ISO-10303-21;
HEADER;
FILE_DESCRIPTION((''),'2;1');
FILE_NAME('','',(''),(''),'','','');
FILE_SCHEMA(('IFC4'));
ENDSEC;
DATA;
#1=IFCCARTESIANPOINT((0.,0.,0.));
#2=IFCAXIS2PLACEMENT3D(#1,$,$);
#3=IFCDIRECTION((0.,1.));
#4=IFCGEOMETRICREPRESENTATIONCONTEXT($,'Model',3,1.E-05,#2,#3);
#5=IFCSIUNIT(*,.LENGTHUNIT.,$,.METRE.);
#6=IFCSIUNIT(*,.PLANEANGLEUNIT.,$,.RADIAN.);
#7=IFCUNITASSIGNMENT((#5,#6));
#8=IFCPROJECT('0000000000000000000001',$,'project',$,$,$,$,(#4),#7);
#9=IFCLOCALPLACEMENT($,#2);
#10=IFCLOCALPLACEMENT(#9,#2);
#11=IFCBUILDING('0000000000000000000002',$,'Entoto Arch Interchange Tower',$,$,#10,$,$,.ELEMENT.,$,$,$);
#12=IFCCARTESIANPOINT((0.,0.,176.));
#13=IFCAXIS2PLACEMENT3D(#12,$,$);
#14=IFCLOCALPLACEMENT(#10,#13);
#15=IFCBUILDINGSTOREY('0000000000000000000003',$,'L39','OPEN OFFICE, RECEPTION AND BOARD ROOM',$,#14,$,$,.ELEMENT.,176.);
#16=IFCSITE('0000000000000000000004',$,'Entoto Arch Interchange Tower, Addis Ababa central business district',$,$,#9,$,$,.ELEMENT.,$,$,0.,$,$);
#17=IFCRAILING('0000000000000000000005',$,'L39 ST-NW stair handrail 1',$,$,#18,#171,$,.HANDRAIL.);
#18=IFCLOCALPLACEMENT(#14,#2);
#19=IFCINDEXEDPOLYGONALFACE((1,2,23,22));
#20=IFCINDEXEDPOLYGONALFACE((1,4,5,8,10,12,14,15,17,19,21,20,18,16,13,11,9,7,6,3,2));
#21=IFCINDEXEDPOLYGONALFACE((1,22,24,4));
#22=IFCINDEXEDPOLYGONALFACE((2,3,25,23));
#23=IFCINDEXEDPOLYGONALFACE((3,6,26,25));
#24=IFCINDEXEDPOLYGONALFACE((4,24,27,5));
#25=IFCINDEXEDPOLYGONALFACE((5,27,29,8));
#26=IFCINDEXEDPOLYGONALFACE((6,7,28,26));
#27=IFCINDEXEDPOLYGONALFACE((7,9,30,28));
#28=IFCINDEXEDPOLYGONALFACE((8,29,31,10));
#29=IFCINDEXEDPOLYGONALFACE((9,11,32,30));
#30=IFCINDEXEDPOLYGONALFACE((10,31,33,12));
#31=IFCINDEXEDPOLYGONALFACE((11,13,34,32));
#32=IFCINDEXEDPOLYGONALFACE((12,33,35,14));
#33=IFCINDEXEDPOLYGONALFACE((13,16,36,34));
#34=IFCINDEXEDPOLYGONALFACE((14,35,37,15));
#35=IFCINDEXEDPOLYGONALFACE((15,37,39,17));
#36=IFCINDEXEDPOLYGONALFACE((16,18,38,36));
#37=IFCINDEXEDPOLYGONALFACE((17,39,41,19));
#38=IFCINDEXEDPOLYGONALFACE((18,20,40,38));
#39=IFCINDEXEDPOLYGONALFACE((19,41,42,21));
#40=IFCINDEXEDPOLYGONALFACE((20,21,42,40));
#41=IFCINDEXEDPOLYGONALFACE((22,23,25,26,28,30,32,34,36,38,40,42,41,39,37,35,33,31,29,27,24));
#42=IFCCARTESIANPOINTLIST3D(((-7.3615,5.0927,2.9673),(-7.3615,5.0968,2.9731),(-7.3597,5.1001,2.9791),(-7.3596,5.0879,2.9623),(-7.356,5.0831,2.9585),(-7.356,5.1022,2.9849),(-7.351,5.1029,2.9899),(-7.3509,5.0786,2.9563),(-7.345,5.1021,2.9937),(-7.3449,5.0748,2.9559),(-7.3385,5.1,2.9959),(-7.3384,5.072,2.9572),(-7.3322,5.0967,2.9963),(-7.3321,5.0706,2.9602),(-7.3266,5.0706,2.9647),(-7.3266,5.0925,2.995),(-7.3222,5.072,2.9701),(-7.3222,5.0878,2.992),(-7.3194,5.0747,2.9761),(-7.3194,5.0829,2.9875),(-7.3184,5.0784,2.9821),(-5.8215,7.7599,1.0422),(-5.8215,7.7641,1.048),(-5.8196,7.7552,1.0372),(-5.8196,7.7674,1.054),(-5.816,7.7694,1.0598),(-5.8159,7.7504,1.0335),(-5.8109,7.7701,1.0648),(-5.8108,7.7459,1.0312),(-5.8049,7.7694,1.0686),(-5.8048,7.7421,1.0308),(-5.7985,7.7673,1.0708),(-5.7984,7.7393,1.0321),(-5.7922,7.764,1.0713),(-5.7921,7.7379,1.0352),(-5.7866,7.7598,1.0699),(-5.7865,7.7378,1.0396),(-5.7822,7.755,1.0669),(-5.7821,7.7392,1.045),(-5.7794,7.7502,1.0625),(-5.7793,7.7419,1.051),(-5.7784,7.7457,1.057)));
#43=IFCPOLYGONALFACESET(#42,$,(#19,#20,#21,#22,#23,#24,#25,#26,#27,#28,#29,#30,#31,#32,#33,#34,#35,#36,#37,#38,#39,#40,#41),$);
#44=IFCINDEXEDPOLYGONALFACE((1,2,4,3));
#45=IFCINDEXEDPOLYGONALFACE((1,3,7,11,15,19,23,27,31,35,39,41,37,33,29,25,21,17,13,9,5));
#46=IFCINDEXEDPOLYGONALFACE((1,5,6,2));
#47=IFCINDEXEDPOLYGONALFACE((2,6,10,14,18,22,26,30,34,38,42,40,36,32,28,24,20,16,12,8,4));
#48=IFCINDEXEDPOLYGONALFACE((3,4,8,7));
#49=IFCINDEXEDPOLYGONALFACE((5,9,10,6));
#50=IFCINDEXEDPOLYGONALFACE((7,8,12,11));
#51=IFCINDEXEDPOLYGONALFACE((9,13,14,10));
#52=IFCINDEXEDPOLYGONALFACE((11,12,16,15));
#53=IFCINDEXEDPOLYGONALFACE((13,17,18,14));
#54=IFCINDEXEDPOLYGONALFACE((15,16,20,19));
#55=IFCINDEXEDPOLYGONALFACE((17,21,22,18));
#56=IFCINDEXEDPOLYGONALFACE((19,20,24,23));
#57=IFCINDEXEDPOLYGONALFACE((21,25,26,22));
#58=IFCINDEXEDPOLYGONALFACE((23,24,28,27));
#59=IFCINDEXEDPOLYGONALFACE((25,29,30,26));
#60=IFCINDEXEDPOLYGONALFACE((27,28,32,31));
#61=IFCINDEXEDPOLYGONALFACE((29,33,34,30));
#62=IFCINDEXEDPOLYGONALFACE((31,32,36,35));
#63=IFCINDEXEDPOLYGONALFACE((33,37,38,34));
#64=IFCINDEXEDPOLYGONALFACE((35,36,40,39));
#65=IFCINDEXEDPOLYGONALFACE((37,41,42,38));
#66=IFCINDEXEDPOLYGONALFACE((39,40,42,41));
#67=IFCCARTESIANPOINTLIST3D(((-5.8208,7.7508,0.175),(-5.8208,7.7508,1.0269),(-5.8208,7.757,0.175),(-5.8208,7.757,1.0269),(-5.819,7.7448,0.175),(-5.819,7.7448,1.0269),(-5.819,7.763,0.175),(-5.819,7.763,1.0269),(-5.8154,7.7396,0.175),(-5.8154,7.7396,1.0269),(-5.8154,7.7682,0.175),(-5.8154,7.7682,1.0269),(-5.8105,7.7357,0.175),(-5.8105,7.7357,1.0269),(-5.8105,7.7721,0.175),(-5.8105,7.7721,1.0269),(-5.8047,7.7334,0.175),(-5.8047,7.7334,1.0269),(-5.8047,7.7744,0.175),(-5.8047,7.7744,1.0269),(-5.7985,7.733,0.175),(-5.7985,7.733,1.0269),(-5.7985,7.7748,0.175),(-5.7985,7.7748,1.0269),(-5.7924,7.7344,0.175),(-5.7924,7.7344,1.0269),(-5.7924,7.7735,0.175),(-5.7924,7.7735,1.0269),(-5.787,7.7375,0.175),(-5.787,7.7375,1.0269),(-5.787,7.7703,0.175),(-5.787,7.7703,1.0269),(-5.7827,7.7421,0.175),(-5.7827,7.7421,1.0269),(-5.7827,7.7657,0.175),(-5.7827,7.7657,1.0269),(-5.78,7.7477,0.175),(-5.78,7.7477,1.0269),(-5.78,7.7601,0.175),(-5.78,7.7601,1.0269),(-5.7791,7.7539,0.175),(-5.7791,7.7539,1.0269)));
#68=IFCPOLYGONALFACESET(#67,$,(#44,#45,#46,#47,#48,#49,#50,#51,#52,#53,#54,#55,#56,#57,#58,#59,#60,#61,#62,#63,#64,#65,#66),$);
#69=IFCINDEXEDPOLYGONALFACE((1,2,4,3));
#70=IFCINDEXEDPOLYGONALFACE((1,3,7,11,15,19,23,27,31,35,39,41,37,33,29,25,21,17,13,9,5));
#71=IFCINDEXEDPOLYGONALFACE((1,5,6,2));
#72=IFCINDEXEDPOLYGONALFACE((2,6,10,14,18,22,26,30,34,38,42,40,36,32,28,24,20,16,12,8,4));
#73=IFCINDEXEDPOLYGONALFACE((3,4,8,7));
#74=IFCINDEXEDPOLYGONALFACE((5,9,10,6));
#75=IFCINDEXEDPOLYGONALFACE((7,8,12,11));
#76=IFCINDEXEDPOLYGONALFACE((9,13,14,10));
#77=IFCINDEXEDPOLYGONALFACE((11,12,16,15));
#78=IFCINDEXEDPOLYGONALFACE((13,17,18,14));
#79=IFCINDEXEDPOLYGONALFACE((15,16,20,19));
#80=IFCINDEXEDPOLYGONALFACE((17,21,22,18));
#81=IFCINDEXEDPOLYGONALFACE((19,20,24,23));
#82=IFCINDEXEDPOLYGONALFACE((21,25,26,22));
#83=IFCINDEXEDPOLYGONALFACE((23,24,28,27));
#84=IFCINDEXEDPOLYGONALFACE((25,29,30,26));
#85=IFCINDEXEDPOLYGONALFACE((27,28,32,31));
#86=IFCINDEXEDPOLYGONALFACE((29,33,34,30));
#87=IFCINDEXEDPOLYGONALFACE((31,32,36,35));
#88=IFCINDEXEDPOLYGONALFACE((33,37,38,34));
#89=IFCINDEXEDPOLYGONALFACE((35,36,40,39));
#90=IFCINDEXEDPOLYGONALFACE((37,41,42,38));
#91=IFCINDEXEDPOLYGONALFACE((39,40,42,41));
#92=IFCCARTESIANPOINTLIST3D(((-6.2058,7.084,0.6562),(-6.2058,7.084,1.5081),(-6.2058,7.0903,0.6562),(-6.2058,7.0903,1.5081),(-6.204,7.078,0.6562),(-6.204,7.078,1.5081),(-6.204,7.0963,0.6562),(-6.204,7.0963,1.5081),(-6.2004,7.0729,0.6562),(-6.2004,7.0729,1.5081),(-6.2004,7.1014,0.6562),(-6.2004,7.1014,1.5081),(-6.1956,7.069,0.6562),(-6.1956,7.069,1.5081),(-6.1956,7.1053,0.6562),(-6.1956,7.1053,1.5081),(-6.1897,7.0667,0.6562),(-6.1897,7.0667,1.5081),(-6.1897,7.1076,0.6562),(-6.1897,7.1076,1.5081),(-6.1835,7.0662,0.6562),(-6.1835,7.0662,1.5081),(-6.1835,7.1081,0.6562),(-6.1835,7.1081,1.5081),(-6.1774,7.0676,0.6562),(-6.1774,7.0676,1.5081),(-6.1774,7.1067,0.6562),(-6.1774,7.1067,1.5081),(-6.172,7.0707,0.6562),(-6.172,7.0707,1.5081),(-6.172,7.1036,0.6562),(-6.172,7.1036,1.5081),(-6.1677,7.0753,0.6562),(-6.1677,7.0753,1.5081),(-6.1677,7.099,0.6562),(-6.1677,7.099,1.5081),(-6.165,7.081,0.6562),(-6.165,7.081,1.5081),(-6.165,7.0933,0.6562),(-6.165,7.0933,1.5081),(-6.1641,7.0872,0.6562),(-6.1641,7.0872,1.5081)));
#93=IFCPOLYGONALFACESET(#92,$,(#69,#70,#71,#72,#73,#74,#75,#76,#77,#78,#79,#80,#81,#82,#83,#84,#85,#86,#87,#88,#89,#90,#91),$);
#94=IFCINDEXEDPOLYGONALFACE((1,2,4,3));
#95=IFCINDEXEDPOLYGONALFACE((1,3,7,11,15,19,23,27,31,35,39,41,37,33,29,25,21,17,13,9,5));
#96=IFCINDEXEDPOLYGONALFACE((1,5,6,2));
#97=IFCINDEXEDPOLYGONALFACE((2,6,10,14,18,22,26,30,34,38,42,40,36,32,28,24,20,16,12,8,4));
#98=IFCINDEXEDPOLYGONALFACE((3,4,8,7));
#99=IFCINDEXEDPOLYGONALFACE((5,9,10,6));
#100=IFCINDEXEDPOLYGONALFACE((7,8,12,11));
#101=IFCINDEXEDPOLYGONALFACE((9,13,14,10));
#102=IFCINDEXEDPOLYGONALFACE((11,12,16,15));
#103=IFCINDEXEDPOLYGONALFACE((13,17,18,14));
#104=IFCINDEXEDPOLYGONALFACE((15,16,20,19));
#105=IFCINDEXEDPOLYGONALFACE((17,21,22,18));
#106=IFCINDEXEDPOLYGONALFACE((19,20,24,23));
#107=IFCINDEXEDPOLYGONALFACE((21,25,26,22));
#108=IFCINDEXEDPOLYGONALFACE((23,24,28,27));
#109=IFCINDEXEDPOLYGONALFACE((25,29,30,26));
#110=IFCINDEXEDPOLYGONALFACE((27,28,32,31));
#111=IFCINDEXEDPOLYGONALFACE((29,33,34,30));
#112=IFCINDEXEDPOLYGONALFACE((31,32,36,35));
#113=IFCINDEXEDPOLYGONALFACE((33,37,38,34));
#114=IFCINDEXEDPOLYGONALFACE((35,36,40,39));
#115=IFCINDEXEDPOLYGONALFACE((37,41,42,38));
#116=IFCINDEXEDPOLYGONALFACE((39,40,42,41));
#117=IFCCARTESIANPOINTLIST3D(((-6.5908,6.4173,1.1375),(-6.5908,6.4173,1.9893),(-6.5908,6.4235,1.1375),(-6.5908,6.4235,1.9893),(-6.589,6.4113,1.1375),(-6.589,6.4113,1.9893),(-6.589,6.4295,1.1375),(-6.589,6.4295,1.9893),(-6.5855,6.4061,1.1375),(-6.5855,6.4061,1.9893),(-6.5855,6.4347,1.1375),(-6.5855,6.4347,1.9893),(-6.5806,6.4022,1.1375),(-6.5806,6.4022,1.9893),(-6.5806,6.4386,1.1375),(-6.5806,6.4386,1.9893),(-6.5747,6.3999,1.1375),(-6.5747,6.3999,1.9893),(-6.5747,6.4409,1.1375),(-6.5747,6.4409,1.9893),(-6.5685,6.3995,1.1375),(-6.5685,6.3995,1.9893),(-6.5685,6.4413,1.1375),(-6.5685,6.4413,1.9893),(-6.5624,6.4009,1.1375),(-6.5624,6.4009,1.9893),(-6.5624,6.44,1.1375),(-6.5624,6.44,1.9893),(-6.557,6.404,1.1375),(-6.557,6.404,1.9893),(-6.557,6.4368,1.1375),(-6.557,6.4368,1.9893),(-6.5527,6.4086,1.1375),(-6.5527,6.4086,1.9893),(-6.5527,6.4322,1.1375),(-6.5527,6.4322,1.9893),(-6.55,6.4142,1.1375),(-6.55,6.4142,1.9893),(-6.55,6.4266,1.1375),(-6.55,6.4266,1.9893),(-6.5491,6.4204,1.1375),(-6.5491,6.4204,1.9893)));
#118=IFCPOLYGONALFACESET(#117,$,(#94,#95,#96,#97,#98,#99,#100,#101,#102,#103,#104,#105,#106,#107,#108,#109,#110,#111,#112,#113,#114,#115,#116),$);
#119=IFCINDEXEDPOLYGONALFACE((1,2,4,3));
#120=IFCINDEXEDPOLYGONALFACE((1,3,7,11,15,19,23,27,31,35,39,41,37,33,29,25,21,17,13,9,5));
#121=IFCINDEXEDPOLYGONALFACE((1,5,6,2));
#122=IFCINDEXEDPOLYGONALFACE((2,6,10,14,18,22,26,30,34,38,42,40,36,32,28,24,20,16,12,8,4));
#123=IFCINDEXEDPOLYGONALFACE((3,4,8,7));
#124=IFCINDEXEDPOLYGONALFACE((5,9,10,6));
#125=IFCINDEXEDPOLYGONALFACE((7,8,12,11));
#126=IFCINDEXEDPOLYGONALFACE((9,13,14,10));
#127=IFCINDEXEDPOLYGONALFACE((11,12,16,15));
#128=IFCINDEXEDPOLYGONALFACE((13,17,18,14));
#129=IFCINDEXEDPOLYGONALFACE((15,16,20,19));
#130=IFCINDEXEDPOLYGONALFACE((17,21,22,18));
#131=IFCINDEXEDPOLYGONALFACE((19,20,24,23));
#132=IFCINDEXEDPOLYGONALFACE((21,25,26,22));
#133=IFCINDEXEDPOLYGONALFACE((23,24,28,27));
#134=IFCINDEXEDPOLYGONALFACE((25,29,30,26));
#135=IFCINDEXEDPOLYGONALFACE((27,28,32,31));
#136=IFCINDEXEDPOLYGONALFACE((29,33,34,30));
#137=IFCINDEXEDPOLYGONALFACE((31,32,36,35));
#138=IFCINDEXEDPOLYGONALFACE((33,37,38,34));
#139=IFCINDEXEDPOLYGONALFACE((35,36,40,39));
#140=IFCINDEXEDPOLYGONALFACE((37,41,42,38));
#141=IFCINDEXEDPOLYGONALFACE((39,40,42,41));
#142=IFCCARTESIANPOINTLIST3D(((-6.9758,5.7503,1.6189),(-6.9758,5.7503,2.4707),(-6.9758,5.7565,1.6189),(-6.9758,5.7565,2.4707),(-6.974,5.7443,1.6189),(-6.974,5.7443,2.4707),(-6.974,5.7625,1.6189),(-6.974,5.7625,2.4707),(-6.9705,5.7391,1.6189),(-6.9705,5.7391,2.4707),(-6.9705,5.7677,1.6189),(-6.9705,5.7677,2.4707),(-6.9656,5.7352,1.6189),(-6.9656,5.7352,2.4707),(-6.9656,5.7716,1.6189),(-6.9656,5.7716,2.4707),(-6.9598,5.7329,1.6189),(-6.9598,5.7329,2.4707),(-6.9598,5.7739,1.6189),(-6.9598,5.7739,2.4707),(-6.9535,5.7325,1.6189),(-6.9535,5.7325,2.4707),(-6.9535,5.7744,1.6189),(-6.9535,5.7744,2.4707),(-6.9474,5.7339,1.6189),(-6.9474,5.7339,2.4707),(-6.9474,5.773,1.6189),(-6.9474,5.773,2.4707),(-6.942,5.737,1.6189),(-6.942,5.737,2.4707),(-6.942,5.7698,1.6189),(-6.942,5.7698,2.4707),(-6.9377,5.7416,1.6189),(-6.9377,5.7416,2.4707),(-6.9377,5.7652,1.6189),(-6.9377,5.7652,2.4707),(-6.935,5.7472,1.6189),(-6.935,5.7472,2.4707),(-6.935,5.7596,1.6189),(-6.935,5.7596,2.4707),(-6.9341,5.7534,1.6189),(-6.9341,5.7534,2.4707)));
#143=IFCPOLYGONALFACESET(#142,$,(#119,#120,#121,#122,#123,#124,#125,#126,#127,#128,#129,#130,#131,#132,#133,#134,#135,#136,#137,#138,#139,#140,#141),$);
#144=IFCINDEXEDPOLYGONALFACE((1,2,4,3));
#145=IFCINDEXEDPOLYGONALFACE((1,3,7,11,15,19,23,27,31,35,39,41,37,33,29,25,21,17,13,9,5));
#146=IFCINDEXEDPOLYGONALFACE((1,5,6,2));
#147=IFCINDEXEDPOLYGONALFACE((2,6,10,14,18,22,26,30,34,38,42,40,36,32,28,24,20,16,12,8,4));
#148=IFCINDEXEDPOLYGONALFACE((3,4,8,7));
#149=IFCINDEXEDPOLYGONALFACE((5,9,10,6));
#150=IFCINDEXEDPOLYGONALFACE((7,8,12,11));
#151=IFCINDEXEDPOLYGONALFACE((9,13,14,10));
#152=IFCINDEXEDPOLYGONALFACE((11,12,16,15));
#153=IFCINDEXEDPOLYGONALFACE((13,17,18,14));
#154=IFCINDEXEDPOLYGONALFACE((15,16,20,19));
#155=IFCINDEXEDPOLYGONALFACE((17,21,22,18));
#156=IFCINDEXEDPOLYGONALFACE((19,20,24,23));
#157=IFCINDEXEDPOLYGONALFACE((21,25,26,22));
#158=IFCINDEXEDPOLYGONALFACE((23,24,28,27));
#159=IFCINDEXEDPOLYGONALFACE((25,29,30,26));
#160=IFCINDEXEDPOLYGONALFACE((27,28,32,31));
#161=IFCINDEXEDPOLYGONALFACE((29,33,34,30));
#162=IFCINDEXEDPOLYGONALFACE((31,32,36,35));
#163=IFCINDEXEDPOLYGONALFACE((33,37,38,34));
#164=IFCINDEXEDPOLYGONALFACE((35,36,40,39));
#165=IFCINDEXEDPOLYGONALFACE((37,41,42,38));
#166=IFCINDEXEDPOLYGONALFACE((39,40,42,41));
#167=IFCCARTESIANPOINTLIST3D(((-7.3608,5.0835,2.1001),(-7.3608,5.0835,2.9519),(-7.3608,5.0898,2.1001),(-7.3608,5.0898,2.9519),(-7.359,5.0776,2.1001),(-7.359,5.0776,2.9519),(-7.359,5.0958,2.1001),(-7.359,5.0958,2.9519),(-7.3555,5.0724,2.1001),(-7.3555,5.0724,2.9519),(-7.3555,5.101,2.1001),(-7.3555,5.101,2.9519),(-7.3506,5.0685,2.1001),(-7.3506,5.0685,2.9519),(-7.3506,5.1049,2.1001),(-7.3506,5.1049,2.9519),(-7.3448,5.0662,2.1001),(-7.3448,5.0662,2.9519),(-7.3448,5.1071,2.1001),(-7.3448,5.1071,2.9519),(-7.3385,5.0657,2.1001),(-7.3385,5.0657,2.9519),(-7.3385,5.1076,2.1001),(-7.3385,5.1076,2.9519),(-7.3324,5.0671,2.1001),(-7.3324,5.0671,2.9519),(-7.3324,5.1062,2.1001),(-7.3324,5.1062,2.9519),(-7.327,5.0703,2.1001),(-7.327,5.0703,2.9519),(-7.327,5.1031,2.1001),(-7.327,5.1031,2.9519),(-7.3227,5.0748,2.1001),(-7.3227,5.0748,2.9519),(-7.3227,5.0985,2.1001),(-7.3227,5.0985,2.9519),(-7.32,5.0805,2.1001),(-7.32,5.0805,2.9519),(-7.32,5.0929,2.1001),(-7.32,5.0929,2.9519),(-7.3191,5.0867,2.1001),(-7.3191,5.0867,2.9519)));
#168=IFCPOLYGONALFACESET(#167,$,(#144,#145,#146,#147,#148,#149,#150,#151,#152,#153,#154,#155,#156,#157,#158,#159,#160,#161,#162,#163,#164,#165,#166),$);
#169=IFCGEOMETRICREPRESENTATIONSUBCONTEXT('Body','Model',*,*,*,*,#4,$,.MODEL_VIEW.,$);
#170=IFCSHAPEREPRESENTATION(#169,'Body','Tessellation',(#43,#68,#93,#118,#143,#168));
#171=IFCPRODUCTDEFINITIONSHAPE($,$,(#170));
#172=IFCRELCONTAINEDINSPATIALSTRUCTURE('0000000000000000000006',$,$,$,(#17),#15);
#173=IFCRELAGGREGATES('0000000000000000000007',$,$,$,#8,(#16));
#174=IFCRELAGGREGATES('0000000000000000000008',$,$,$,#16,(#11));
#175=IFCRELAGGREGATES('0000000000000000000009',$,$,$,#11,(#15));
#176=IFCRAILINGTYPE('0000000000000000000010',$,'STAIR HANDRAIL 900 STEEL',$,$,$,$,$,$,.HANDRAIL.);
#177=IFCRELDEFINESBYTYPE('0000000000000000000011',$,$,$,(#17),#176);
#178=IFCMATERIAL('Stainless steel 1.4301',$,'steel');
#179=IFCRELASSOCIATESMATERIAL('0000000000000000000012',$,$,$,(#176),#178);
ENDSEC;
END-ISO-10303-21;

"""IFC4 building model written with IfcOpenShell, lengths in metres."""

from ifc_helpers import new_model, si_unit, direction, frame, origin, origin_2d, place, context, subcontext, project, spatial, circle, extrude, material, type_object, element, save


model = new_model("IFC4")

# Units and contexts
model_context = context("Model", 3, precision=1e-05, world=origin(), true_north=direction((0.0, 1.0)))
body_context = subcontext(model_context, "Body", "Model", "MODEL_VIEW")
ifc_project = project(units=[si_unit("LENGTHUNIT", "METRE"), si_unit("PLANEANGLEUNIT", "RADIAN")], contexts=[model_context])

# Site, building, storey
site_placement = place(None, origin())
site = spatial("IfcSite", under=ifc_project, at=site_placement, Name="Entoto Arch Interchange Tower, Addis Ababa central business district", CompositionType="ELEMENT", RefElevation=0.0)
building_placement = place(site_placement, origin())
building = spatial("IfcBuilding", under=site, at=building_placement, Name="Entoto Arch Interchange Tower", CompositionType="ELEMENT")
storey_placement = place(building_placement, frame((0.0, 0.0, 176.0)))
storey = spatial("IfcBuildingStorey", under=building, at=storey_placement, Name="L39", Description="OPEN OFFICE, RECEPTION AND BOARD ROOM", CompositionType="ELEMENT", Elevation=176.0)

# Railing
ifc_material_1 = material(Name="Stainless steel 1.4301", Category="steel")
railing_type_1 = type_object("IfcRailingType", Name="STAIR HANDRAIL 900 STEEL", PredefinedType="HANDRAIL", material=ifc_material_1)
railing_1_placement = place(storey_placement, frame((-5.8, 7.7539, 0.175)))
element("IfcRailing", 1, at=railing_1_placement, inside=storey, type_object=railing_type_1, Name="L39 ST-NW stair handrail 1", PredefinedType="HANDRAIL", context=body_context, shape_type="SweptSolid", body=[
    extrude(circle(Radius=0.0239, at=origin_2d()), frame((0.0, 0.0, 0.876), z_axis=(-0.424015, -0.734364, 0.530019), x_axis=(0.86601, -0.500027, 0.0)), (0.0, 0.0, 1.0), 3.6321),
    extrude(circle(Radius=0.021, at=origin_2d()), origin(), (0.0, 0.0, 1.0), 0.8518),
    extrude(circle(Radius=0.021, at=origin_2d()), frame((-0.385, -0.6667, 0.4812)), (0.0, 0.0, 1.0), 0.8518),
    extrude(circle(Radius=0.021, at=origin_2d()), frame((-0.77, -1.3335, 0.9624)), (0.0, 0.0, 1.0), 0.8518),
    extrude(circle(Radius=0.021, at=origin_2d()), frame((-1.155, -2.0005, 1.4438)), (0.0, 0.0, 1.0), 0.8518),
    extrude(circle(Radius=0.021, at=origin_2d()), frame((-1.54, -2.6672, 1.925)), (0.0, 0.0, 1.0), 0.8518),
])

save(model, "model.ifc")
